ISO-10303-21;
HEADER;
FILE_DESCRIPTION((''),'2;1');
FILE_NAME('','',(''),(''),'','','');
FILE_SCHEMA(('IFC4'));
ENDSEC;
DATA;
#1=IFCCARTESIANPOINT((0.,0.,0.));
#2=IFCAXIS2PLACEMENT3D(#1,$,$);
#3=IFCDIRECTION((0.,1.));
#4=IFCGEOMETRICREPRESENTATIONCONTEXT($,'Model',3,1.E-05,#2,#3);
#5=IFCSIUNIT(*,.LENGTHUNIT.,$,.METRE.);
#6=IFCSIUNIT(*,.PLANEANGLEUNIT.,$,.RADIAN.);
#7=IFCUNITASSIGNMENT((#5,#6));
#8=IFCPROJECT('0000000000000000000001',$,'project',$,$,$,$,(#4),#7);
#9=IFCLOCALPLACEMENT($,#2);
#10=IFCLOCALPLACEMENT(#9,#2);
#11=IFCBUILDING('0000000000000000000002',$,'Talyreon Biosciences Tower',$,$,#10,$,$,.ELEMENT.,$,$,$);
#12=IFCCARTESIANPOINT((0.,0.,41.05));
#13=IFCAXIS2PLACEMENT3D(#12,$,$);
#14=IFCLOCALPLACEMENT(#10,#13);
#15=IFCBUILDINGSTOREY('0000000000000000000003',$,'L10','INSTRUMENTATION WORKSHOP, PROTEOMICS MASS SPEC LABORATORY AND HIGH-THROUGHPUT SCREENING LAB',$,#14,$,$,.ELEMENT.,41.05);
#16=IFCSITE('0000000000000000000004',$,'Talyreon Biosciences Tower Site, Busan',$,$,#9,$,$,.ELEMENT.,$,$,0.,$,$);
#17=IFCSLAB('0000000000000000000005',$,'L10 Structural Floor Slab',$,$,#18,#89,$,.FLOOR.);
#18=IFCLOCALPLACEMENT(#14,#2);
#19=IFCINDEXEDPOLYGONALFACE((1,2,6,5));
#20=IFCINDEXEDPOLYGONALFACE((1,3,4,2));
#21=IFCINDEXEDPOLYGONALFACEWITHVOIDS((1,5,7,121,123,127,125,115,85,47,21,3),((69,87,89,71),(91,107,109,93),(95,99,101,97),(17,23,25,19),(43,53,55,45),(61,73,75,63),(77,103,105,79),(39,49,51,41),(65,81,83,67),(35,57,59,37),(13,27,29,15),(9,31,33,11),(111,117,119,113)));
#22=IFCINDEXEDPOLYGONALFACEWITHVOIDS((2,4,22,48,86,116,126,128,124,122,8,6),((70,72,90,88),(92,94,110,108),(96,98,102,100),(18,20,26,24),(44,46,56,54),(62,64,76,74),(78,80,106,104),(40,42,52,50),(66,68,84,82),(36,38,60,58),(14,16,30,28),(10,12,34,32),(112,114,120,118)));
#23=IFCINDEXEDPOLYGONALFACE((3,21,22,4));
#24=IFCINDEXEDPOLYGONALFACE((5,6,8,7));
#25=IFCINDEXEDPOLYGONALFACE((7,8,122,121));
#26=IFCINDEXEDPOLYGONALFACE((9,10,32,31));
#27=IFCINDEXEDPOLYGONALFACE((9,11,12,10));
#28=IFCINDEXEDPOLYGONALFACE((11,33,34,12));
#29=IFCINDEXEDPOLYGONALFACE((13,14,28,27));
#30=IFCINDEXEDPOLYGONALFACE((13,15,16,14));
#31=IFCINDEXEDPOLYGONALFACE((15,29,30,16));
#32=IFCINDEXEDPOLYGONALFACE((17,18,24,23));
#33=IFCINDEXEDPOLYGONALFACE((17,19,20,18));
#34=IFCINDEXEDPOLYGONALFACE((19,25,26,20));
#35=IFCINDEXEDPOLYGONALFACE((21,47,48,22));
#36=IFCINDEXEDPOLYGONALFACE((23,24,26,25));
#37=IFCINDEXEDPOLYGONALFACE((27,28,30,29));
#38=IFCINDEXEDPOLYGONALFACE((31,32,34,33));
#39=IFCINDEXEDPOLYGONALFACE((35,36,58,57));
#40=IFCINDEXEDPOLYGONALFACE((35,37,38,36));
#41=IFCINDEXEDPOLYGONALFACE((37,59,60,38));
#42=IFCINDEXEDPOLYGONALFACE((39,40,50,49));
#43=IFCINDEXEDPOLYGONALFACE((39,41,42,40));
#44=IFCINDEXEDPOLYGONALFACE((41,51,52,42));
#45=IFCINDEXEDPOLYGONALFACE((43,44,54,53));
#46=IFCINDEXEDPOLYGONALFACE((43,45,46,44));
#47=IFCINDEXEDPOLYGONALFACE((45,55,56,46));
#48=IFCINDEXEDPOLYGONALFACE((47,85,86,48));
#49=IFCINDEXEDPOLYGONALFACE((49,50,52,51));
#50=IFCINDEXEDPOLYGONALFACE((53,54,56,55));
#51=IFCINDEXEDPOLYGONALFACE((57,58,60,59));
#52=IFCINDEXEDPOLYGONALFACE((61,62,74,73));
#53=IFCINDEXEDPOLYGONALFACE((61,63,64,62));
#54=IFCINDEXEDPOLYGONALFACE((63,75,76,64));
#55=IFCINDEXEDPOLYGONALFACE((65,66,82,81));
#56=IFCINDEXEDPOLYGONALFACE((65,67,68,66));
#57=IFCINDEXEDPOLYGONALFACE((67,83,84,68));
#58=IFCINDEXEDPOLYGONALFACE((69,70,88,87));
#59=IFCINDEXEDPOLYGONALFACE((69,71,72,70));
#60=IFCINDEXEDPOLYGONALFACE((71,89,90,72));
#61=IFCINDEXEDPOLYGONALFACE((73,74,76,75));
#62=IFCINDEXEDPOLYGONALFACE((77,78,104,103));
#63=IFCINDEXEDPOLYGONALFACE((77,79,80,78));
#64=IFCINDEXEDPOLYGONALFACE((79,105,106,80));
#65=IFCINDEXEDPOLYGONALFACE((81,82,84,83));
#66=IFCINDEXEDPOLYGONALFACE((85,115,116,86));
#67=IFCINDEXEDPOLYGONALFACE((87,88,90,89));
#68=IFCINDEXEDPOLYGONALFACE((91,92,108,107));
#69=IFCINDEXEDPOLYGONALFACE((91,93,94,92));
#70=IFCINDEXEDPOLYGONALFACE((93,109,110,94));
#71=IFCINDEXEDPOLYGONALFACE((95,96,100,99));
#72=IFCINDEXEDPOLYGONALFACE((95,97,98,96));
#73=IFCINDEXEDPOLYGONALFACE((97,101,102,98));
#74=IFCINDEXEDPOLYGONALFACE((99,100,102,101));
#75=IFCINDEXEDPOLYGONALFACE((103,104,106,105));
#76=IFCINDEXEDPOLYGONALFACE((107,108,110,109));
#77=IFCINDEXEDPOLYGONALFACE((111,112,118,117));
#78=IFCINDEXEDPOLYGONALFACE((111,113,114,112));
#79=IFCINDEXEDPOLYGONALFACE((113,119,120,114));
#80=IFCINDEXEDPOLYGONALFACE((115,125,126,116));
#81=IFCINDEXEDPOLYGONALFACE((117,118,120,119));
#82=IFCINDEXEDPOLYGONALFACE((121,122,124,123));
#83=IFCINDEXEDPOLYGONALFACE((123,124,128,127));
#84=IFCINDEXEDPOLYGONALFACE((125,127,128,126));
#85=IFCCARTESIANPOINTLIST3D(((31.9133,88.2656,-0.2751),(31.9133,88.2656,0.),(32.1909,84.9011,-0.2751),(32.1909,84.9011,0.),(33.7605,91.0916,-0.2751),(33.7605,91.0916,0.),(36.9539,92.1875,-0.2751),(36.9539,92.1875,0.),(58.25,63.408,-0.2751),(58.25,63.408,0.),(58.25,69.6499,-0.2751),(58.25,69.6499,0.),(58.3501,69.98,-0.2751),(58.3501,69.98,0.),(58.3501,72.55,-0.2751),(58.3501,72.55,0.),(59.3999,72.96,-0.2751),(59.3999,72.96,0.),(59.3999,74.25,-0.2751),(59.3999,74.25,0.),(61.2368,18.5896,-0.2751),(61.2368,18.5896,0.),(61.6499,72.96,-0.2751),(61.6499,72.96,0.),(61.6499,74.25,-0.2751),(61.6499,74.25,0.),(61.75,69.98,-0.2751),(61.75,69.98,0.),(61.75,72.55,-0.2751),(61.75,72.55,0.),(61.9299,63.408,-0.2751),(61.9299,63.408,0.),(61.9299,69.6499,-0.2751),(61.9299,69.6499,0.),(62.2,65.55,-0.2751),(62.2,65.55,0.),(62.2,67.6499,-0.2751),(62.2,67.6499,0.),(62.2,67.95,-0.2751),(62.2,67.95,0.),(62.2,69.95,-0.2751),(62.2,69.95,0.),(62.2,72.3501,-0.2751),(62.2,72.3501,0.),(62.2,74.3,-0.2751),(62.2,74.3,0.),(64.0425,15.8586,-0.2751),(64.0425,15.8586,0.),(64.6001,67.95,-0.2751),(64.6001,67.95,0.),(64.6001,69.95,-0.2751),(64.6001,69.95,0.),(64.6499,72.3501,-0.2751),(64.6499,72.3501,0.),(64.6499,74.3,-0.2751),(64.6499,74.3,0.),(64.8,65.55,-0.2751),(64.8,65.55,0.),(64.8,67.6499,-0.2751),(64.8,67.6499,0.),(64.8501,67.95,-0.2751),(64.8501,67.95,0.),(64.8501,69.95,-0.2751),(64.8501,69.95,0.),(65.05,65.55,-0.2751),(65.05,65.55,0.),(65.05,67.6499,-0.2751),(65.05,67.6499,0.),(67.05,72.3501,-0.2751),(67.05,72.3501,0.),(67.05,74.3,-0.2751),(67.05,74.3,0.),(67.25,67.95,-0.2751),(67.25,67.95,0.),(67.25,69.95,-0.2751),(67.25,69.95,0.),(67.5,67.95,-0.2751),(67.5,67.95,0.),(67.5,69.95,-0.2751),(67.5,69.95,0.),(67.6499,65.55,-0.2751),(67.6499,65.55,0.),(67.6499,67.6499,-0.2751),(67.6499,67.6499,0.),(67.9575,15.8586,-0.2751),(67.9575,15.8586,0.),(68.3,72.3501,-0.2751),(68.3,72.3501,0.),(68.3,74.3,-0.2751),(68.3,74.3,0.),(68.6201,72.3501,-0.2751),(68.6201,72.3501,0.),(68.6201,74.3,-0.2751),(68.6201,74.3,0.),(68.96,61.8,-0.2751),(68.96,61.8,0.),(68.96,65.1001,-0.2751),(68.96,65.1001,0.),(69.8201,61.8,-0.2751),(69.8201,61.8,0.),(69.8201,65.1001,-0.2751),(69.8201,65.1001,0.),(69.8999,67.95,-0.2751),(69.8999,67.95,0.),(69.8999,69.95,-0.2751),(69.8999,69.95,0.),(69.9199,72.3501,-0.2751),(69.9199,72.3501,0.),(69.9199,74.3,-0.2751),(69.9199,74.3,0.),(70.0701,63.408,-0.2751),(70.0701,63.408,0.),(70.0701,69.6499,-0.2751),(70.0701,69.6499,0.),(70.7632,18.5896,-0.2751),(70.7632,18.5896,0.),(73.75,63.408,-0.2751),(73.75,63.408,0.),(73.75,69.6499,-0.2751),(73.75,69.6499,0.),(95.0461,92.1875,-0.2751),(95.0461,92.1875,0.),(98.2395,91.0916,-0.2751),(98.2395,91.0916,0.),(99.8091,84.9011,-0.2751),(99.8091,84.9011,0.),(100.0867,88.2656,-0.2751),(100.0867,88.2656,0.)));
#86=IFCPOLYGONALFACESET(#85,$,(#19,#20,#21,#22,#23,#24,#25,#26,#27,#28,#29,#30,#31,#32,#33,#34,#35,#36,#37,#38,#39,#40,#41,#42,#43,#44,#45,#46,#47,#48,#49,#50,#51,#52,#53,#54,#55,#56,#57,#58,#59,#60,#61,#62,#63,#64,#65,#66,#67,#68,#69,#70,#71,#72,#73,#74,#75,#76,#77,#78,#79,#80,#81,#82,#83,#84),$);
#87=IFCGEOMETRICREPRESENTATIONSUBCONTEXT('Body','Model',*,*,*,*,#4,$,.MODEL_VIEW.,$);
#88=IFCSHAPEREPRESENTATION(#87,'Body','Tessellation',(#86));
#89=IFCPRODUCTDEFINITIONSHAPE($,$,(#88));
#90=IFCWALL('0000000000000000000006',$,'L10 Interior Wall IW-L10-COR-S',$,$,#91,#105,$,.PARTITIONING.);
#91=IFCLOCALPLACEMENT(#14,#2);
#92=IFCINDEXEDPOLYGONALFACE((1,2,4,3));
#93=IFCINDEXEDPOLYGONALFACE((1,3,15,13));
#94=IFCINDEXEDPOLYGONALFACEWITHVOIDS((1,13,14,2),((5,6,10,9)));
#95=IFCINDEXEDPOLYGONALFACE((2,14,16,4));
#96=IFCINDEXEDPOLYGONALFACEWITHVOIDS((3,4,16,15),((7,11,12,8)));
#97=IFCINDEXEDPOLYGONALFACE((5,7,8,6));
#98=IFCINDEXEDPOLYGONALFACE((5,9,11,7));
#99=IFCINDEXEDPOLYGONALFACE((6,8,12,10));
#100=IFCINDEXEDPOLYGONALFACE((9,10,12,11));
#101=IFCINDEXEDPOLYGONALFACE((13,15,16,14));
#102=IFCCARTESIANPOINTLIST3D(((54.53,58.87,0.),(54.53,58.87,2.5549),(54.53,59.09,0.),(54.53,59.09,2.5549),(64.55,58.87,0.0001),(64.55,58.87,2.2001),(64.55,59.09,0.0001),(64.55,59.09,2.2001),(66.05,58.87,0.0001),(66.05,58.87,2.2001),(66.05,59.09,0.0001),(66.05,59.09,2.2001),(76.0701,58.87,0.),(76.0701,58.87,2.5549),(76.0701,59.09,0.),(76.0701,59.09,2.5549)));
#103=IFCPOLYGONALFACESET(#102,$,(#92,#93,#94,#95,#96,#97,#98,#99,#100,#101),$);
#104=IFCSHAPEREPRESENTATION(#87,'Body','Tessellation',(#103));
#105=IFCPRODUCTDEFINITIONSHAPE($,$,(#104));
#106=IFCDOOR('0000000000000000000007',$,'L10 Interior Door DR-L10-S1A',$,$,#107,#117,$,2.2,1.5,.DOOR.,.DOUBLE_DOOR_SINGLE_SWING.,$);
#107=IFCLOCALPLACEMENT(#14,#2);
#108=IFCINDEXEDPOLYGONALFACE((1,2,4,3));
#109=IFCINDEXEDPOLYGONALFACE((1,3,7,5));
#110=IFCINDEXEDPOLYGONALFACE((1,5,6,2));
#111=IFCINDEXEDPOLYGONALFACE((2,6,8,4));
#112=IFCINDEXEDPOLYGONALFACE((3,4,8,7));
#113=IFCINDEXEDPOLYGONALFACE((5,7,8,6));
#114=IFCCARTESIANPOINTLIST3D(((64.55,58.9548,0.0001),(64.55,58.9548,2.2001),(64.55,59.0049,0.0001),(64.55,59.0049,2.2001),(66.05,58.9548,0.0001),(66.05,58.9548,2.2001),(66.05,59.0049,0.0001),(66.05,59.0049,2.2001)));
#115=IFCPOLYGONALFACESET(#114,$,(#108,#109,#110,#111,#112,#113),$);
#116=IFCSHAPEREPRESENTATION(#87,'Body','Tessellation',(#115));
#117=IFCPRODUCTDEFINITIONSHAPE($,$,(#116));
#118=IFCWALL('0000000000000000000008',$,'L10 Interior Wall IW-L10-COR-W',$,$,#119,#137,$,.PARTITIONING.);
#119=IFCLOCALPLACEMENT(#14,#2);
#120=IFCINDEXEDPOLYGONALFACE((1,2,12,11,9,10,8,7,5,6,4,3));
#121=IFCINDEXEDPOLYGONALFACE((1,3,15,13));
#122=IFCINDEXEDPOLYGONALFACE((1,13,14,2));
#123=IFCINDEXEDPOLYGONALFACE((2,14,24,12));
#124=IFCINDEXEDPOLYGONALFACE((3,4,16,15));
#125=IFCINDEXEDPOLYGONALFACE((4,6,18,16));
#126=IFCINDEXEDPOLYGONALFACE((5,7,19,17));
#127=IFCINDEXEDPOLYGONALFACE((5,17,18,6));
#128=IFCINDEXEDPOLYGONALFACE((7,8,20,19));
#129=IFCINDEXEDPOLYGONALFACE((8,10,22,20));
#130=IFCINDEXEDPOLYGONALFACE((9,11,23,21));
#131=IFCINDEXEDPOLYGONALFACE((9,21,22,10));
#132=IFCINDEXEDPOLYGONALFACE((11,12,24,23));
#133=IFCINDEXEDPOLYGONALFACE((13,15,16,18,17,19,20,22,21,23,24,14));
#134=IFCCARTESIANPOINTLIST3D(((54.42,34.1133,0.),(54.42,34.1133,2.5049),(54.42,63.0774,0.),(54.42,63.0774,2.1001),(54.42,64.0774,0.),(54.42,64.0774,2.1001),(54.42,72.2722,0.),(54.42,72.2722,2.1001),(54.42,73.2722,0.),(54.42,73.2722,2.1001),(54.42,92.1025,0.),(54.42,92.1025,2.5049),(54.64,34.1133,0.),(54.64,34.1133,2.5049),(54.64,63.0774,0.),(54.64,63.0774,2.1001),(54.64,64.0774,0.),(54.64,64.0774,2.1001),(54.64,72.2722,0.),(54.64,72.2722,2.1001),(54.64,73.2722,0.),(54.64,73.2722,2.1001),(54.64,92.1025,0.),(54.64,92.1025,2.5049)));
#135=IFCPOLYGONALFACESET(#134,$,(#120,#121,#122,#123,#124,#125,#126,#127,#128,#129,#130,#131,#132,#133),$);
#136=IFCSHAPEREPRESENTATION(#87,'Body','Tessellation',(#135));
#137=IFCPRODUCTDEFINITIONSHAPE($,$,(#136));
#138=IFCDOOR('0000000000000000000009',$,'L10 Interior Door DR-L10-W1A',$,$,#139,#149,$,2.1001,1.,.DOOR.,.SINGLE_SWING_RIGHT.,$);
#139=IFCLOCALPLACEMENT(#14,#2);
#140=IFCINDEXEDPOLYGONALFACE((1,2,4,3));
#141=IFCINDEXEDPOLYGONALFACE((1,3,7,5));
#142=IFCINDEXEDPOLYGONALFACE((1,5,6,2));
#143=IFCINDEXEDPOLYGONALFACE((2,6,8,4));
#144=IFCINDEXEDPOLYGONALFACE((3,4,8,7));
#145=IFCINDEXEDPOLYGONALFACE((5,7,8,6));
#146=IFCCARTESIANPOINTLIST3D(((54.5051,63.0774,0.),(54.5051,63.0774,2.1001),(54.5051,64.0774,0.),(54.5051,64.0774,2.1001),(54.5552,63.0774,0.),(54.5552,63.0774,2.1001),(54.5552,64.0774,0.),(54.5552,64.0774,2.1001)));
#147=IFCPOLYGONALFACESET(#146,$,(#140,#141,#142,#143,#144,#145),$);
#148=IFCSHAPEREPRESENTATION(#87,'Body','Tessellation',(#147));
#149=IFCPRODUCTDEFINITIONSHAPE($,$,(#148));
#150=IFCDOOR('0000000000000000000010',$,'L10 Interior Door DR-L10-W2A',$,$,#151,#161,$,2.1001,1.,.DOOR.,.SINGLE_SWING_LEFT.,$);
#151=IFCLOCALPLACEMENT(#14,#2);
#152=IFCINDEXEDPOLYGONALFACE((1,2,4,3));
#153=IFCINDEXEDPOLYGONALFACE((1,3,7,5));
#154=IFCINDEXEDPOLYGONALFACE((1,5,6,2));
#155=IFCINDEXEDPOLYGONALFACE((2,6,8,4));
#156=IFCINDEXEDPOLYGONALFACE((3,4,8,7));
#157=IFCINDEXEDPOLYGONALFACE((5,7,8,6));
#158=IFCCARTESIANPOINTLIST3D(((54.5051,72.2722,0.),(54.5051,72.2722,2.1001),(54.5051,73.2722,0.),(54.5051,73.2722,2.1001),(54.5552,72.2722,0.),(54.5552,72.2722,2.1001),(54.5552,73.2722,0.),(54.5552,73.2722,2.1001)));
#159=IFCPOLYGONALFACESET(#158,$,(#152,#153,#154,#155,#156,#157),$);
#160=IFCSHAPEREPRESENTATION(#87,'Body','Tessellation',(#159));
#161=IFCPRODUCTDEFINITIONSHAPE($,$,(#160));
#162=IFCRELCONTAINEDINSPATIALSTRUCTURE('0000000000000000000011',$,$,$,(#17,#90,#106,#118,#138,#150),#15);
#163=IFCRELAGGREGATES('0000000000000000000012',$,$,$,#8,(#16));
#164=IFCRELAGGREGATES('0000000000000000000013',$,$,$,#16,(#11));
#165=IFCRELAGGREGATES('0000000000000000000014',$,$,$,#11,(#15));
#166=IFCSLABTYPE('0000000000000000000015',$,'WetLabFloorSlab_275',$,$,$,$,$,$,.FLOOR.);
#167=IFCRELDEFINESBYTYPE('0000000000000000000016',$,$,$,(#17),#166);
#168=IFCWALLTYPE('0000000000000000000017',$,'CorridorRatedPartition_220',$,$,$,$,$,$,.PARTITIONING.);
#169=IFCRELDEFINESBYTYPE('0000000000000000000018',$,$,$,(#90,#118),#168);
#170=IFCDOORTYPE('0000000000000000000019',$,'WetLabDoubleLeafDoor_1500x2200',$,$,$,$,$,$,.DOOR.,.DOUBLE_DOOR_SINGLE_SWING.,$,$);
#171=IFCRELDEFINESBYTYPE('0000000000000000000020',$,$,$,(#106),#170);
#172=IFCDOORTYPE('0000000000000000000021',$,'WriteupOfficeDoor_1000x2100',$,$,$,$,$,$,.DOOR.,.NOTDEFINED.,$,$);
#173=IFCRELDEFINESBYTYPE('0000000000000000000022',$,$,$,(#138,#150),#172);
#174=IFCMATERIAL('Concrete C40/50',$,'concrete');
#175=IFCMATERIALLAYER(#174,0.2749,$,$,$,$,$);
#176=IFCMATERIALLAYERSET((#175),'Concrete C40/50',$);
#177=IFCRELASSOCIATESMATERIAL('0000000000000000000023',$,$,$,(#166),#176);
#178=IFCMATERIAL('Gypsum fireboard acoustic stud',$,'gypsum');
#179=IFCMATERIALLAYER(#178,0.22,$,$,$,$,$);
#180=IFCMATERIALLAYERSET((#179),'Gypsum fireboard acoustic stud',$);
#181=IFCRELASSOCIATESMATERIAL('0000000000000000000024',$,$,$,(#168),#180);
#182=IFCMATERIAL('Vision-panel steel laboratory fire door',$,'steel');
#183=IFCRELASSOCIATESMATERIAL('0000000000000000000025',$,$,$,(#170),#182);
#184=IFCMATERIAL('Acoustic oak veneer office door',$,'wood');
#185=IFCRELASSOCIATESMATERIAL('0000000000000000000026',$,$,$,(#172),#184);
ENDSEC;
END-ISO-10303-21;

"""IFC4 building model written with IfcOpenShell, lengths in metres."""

from ifc_helpers import new_model, si_unit, direction, frame, frame_2d, origin, place, context, subcontext, project, spatial, polyline, rectangle, outline, extrude, material, layer, layer_set, type_object, element, fill, save


model = new_model("IFC4")

# Units and contexts
model_context = context("Model", 3, precision=1e-05, world=origin(), true_north=direction((0.0, 1.0)))
body_context = subcontext(model_context, "Body", "Model", "MODEL_VIEW")
ifc_project = project(units=[si_unit("LENGTHUNIT", "METRE"), si_unit("PLANEANGLEUNIT", "RADIAN")], contexts=[model_context])

# Site, building, storey
site_placement = place(None, origin())
site = spatial("IfcSite", under=ifc_project, at=site_placement, Name="Talyreon Biosciences Tower Site, Busan", CompositionType="ELEMENT", RefElevation=0.0)
building_placement = place(site_placement, origin())
building = spatial("IfcBuilding", under=site, at=building_placement, Name="Talyreon Biosciences Tower", CompositionType="ELEMENT")
storey_placement = place(building_placement, frame((0.0, 0.0, 41.05)))
storey = spatial("IfcBuildingStorey", under=building, at=storey_placement, Name="L10", Description="INSTRUMENTATION WORKSHOP, PROTEOMICS MASS SPEC LABORATORY AND HIGH-THROUGHPUT SCREENING LAB", CompositionType="ELEMENT", Elevation=41.05)

# Shared definitions
ifc_material_1 = material(Name="Concrete C40/50", Category="concrete")

# Slab
ifc_layer_1 = layer(ifc_material_1, 0.2749)
ifc_layer_set_1 = layer_set([ifc_layer_1], Name="Concrete C40/50")
slab_type_1 = type_object("IfcSlabType", Name="WetLabFloorSlab_275", PredefinedType="FLOOR", material=ifc_layer_set_1)
slab_1_placement = place(storey_placement, frame((0.0, 0.0, -0.2751)))
element("IfcSlab", 1, at=slab_1_placement, inside=storey, type_object=slab_type_1, Name="L10 Structural Floor Slab", PredefinedType="FLOOR", context=body_context, shape_type="SweptSolid", body=[
    extrude(outline(polyline([(61.2368, 18.5896), (32.1909, 84.9011), (31.9133, 88.2656), (33.7605, 91.0916), (36.9539, 92.1875), (95.0461, 92.1875), (98.2395, 91.0916), (100.0867, 88.2656), (99.8091, 84.9011), (70.7632, 18.5896), (67.9575, 15.8586), (64.0425, 15.8586), (61.2368, 18.5896)]), holes=[polyline([(61.9299, 69.6499), (61.9299, 63.408), (58.25, 63.408), (58.25, 69.6499), (61.9299, 69.6499)]), polyline([(64.8, 65.55), (62.2, 65.55), (62.2, 67.6499), (64.8, 67.6499), (64.8, 65.55)]), polyline([(64.6001, 67.95), (62.2, 67.95), (62.2, 69.95), (64.6001, 69.95), (64.6001, 67.95)]), polyline([(67.25, 69.95), (67.25, 67.95), (64.8501, 67.95), (64.8501, 69.95), (67.25, 69.95)]), polyline([(61.75, 69.98), (58.3501, 69.98), (58.3501, 72.55), (61.75, 72.55), (61.75, 69.98)]), polyline([(64.6499, 72.3501), (62.2, 72.3501), (62.2, 74.3), (64.6499, 74.3), (64.6499, 72.3501)]), polyline([(61.6499, 74.25), (61.6499, 72.96), (59.3999, 72.96), (59.3999, 74.25), (61.6499, 74.25)]), polyline([(69.8201, 61.8), (68.96, 61.8), (68.96, 65.1001), (69.8201, 65.1001), (69.8201, 61.8)]), polyline([(73.75, 63.408), (70.0701, 63.408), (70.0701, 69.6499), (73.75, 69.6499), (73.75, 63.408)]), polyline([(67.6499, 65.55), (65.05, 65.55), (65.05, 67.6499), (67.6499, 67.6499), (67.6499, 65.55)]), polyline([(69.8999, 67.95), (67.5, 67.95), (67.5, 69.95), (69.8999, 69.95), (69.8999, 67.95)]), polyline([(68.3, 72.3501), (67.05, 72.3501), (67.05, 74.3), (68.3, 74.3), (68.3, 72.3501)]), polyline([(69.9199, 72.3501), (68.6201, 72.3501), (68.6201, 74.3), (69.9199, 74.3), (69.9199, 72.3501)])]), origin(), (0.0, 0.0, 1.0), 0.2751),
])

# Wall, opening, door
ifc_material_2 = material(Name="Gypsum fireboard acoustic stud", Category="gypsum")
ifc_layer_2 = layer(ifc_material_2, 0.22)
ifc_layer_set_2 = layer_set([ifc_layer_2], Name="Gypsum fireboard acoustic stud")
wall_type = type_object("IfcWallType", Name="CorridorRatedPartition_220", PredefinedType="PARTITIONING", material=ifc_layer_set_2)
wall_1_placement = place(storey_placement, frame((54.53, 58.98, 0.0), z_axis=(0.0, 0.0, 1.0), x_axis=(1.0, 0.0, 0.0)))
wall_1 = element("IfcWall", 2, at=wall_1_placement, inside=storey, type_object=wall_type, Name="L10 Interior Wall IW-L10-COR-S", PredefinedType="PARTITIONING", context=body_context, shape_type="SweptSolid", body=[
    extrude(rectangle(XDim=21.54, YDim=0.22, at=frame_2d((10.77, 0.0))), origin(), (0.0, 0.0, 1.0), 2.5549),
])
opening_1_placement = place(wall_1_placement, frame((10.02, 0.0, 0.0)))
opening_1 = element("IfcOpeningElement", 3, at=opening_1_placement, cuts=wall_1, PredefinedType="OPENING", context=body_context, shape_type="SweptSolid", body=[
    extrude(rectangle(XDim=1.5, YDim=2.2, at=frame_2d((0.75, 1.1001))), frame((0.0, 0.1199, 0.0), z_axis=(0.0, -1.0, 0.0), x_axis=(1.0, 0.0, 0.0)), (0.0, 0.0, 1.0), 0.24),
])
ifc_material_3 = material(Name="Vision-panel steel laboratory fire door", Category="steel")
door_type_1 = type_object("IfcDoorType", Name="WetLabDoubleLeafDoor_1500x2200", OperationType="DOUBLE_DOOR_SINGLE_SWING", PredefinedType="DOOR", material=ifc_material_3)
door_1_placement = place(opening_1_placement, origin())
door_1 = element("IfcDoor", 4, at=door_1_placement, inside=storey, type_object=door_type_1, Name="L10 Interior Door DR-L10-S1A", OperationType="DOUBLE_DOOR_SINGLE_SWING", OverallHeight=2.2, OverallWidth=1.5, PredefinedType="DOOR", context=body_context, shape_type="SweptSolid", body=[
    extrude(rectangle(XDim=1.5, YDim=2.2, at=frame_2d((0.75, 1.1001))), frame((0.0, 0.0249, 0.0), z_axis=(0.0, -1.0, 0.0), x_axis=(1.0, 0.0, 0.0)), (0.0, 0.0, 1.0), 0.05),
])
fill(opening_1, door_1)

# Wall, openings, doors
wall_2_placement = place(storey_placement, frame((54.53, 34.1133, 0.0), z_axis=(0.0, 0.0, 1.0), x_axis=(0.0, 1.0, 0.0)))
wall_2 = element("IfcWall", 5, at=wall_2_placement, inside=storey, type_object=wall_type, Name="L10 Interior Wall IW-L10-COR-W", PredefinedType="PARTITIONING", context=body_context, shape_type="SweptSolid", body=[
    extrude(rectangle(XDim=57.9893, YDim=0.22, at=frame_2d((28.9946, 0.0))), origin(), (0.0, 0.0, 1.0), 2.5049),
])
opening_2_placement = place(wall_2_placement, frame((28.9641, 0.0, 0.0)))
opening_2 = element("IfcOpeningElement", 6, at=opening_2_placement, cuts=wall_2, PredefinedType="OPENING", context=body_context, shape_type="SweptSolid", body=[
    extrude(rectangle(XDim=1.0, YDim=2.1001, at=frame_2d((0.5, 1.05))), frame((0.0, 0.1199, 0.0), z_axis=(0.0, -1.0, 0.0), x_axis=(1.0, 0.0, 0.0)), (0.0, 0.0, 1.0), 0.24),
])
opening_3_placement = place(wall_2_placement, frame((38.1589, 0.0, 0.0)))
opening_3 = element("IfcOpeningElement", 7, at=opening_3_placement, cuts=wall_2, PredefinedType="OPENING", context=body_context, shape_type="SweptSolid", body=[
    extrude(rectangle(XDim=1.0, YDim=2.1001, at=frame_2d((0.5, 1.05))), frame((0.0, 0.1199, 0.0), z_axis=(0.0, -1.0, 0.0), x_axis=(1.0, 0.0, 0.0)), (0.0, 0.0, 1.0), 0.24),
])
ifc_material_4 = material(Name="Acoustic oak veneer office door", Category="wood")
door_type_2 = type_object("IfcDoorType", Name="WriteupOfficeDoor_1000x2100", OperationType="NOTDEFINED", PredefinedType="DOOR", material=ifc_material_4)
door_2_placement = place(opening_2_placement, origin())
door_2 = element("IfcDoor", 8, at=door_2_placement, inside=storey, type_object=door_type_2, Name="L10 Interior Door DR-L10-W1A", OperationType="SINGLE_SWING_RIGHT", OverallHeight=2.1001, OverallWidth=1.0, PredefinedType="DOOR", context=body_context, shape_type="SweptSolid", body=[
    extrude(rectangle(XDim=1.0, YDim=2.1001, at=frame_2d((0.5, 1.05))), frame((0.0, 0.0249, 0.0), z_axis=(0.0, -1.0, 0.0), x_axis=(1.0, 0.0, 0.0)), (0.0, 0.0, 1.0), 0.05),
])
fill(opening_2, door_2)
door_3_placement = place(opening_3_placement, origin())
door_3 = element("IfcDoor", 9, at=door_3_placement, inside=storey, type_object=door_type_2, Name="L10 Interior Door DR-L10-W2A", OperationType="SINGLE_SWING_LEFT", OverallHeight=2.1001, OverallWidth=1.0, PredefinedType="DOOR", context=body_context, shape_type="SweptSolid", body=[
    extrude(rectangle(XDim=1.0, YDim=2.1001, at=frame_2d((0.5, 1.05))), frame((0.0, 0.0249, 0.0), z_axis=(0.0, -1.0, 0.0), x_axis=(1.0, 0.0, 0.0)), (0.0, 0.0, 1.0), 0.05),
])
fill(opening_3, door_3)

save(model, "model.ifc")
